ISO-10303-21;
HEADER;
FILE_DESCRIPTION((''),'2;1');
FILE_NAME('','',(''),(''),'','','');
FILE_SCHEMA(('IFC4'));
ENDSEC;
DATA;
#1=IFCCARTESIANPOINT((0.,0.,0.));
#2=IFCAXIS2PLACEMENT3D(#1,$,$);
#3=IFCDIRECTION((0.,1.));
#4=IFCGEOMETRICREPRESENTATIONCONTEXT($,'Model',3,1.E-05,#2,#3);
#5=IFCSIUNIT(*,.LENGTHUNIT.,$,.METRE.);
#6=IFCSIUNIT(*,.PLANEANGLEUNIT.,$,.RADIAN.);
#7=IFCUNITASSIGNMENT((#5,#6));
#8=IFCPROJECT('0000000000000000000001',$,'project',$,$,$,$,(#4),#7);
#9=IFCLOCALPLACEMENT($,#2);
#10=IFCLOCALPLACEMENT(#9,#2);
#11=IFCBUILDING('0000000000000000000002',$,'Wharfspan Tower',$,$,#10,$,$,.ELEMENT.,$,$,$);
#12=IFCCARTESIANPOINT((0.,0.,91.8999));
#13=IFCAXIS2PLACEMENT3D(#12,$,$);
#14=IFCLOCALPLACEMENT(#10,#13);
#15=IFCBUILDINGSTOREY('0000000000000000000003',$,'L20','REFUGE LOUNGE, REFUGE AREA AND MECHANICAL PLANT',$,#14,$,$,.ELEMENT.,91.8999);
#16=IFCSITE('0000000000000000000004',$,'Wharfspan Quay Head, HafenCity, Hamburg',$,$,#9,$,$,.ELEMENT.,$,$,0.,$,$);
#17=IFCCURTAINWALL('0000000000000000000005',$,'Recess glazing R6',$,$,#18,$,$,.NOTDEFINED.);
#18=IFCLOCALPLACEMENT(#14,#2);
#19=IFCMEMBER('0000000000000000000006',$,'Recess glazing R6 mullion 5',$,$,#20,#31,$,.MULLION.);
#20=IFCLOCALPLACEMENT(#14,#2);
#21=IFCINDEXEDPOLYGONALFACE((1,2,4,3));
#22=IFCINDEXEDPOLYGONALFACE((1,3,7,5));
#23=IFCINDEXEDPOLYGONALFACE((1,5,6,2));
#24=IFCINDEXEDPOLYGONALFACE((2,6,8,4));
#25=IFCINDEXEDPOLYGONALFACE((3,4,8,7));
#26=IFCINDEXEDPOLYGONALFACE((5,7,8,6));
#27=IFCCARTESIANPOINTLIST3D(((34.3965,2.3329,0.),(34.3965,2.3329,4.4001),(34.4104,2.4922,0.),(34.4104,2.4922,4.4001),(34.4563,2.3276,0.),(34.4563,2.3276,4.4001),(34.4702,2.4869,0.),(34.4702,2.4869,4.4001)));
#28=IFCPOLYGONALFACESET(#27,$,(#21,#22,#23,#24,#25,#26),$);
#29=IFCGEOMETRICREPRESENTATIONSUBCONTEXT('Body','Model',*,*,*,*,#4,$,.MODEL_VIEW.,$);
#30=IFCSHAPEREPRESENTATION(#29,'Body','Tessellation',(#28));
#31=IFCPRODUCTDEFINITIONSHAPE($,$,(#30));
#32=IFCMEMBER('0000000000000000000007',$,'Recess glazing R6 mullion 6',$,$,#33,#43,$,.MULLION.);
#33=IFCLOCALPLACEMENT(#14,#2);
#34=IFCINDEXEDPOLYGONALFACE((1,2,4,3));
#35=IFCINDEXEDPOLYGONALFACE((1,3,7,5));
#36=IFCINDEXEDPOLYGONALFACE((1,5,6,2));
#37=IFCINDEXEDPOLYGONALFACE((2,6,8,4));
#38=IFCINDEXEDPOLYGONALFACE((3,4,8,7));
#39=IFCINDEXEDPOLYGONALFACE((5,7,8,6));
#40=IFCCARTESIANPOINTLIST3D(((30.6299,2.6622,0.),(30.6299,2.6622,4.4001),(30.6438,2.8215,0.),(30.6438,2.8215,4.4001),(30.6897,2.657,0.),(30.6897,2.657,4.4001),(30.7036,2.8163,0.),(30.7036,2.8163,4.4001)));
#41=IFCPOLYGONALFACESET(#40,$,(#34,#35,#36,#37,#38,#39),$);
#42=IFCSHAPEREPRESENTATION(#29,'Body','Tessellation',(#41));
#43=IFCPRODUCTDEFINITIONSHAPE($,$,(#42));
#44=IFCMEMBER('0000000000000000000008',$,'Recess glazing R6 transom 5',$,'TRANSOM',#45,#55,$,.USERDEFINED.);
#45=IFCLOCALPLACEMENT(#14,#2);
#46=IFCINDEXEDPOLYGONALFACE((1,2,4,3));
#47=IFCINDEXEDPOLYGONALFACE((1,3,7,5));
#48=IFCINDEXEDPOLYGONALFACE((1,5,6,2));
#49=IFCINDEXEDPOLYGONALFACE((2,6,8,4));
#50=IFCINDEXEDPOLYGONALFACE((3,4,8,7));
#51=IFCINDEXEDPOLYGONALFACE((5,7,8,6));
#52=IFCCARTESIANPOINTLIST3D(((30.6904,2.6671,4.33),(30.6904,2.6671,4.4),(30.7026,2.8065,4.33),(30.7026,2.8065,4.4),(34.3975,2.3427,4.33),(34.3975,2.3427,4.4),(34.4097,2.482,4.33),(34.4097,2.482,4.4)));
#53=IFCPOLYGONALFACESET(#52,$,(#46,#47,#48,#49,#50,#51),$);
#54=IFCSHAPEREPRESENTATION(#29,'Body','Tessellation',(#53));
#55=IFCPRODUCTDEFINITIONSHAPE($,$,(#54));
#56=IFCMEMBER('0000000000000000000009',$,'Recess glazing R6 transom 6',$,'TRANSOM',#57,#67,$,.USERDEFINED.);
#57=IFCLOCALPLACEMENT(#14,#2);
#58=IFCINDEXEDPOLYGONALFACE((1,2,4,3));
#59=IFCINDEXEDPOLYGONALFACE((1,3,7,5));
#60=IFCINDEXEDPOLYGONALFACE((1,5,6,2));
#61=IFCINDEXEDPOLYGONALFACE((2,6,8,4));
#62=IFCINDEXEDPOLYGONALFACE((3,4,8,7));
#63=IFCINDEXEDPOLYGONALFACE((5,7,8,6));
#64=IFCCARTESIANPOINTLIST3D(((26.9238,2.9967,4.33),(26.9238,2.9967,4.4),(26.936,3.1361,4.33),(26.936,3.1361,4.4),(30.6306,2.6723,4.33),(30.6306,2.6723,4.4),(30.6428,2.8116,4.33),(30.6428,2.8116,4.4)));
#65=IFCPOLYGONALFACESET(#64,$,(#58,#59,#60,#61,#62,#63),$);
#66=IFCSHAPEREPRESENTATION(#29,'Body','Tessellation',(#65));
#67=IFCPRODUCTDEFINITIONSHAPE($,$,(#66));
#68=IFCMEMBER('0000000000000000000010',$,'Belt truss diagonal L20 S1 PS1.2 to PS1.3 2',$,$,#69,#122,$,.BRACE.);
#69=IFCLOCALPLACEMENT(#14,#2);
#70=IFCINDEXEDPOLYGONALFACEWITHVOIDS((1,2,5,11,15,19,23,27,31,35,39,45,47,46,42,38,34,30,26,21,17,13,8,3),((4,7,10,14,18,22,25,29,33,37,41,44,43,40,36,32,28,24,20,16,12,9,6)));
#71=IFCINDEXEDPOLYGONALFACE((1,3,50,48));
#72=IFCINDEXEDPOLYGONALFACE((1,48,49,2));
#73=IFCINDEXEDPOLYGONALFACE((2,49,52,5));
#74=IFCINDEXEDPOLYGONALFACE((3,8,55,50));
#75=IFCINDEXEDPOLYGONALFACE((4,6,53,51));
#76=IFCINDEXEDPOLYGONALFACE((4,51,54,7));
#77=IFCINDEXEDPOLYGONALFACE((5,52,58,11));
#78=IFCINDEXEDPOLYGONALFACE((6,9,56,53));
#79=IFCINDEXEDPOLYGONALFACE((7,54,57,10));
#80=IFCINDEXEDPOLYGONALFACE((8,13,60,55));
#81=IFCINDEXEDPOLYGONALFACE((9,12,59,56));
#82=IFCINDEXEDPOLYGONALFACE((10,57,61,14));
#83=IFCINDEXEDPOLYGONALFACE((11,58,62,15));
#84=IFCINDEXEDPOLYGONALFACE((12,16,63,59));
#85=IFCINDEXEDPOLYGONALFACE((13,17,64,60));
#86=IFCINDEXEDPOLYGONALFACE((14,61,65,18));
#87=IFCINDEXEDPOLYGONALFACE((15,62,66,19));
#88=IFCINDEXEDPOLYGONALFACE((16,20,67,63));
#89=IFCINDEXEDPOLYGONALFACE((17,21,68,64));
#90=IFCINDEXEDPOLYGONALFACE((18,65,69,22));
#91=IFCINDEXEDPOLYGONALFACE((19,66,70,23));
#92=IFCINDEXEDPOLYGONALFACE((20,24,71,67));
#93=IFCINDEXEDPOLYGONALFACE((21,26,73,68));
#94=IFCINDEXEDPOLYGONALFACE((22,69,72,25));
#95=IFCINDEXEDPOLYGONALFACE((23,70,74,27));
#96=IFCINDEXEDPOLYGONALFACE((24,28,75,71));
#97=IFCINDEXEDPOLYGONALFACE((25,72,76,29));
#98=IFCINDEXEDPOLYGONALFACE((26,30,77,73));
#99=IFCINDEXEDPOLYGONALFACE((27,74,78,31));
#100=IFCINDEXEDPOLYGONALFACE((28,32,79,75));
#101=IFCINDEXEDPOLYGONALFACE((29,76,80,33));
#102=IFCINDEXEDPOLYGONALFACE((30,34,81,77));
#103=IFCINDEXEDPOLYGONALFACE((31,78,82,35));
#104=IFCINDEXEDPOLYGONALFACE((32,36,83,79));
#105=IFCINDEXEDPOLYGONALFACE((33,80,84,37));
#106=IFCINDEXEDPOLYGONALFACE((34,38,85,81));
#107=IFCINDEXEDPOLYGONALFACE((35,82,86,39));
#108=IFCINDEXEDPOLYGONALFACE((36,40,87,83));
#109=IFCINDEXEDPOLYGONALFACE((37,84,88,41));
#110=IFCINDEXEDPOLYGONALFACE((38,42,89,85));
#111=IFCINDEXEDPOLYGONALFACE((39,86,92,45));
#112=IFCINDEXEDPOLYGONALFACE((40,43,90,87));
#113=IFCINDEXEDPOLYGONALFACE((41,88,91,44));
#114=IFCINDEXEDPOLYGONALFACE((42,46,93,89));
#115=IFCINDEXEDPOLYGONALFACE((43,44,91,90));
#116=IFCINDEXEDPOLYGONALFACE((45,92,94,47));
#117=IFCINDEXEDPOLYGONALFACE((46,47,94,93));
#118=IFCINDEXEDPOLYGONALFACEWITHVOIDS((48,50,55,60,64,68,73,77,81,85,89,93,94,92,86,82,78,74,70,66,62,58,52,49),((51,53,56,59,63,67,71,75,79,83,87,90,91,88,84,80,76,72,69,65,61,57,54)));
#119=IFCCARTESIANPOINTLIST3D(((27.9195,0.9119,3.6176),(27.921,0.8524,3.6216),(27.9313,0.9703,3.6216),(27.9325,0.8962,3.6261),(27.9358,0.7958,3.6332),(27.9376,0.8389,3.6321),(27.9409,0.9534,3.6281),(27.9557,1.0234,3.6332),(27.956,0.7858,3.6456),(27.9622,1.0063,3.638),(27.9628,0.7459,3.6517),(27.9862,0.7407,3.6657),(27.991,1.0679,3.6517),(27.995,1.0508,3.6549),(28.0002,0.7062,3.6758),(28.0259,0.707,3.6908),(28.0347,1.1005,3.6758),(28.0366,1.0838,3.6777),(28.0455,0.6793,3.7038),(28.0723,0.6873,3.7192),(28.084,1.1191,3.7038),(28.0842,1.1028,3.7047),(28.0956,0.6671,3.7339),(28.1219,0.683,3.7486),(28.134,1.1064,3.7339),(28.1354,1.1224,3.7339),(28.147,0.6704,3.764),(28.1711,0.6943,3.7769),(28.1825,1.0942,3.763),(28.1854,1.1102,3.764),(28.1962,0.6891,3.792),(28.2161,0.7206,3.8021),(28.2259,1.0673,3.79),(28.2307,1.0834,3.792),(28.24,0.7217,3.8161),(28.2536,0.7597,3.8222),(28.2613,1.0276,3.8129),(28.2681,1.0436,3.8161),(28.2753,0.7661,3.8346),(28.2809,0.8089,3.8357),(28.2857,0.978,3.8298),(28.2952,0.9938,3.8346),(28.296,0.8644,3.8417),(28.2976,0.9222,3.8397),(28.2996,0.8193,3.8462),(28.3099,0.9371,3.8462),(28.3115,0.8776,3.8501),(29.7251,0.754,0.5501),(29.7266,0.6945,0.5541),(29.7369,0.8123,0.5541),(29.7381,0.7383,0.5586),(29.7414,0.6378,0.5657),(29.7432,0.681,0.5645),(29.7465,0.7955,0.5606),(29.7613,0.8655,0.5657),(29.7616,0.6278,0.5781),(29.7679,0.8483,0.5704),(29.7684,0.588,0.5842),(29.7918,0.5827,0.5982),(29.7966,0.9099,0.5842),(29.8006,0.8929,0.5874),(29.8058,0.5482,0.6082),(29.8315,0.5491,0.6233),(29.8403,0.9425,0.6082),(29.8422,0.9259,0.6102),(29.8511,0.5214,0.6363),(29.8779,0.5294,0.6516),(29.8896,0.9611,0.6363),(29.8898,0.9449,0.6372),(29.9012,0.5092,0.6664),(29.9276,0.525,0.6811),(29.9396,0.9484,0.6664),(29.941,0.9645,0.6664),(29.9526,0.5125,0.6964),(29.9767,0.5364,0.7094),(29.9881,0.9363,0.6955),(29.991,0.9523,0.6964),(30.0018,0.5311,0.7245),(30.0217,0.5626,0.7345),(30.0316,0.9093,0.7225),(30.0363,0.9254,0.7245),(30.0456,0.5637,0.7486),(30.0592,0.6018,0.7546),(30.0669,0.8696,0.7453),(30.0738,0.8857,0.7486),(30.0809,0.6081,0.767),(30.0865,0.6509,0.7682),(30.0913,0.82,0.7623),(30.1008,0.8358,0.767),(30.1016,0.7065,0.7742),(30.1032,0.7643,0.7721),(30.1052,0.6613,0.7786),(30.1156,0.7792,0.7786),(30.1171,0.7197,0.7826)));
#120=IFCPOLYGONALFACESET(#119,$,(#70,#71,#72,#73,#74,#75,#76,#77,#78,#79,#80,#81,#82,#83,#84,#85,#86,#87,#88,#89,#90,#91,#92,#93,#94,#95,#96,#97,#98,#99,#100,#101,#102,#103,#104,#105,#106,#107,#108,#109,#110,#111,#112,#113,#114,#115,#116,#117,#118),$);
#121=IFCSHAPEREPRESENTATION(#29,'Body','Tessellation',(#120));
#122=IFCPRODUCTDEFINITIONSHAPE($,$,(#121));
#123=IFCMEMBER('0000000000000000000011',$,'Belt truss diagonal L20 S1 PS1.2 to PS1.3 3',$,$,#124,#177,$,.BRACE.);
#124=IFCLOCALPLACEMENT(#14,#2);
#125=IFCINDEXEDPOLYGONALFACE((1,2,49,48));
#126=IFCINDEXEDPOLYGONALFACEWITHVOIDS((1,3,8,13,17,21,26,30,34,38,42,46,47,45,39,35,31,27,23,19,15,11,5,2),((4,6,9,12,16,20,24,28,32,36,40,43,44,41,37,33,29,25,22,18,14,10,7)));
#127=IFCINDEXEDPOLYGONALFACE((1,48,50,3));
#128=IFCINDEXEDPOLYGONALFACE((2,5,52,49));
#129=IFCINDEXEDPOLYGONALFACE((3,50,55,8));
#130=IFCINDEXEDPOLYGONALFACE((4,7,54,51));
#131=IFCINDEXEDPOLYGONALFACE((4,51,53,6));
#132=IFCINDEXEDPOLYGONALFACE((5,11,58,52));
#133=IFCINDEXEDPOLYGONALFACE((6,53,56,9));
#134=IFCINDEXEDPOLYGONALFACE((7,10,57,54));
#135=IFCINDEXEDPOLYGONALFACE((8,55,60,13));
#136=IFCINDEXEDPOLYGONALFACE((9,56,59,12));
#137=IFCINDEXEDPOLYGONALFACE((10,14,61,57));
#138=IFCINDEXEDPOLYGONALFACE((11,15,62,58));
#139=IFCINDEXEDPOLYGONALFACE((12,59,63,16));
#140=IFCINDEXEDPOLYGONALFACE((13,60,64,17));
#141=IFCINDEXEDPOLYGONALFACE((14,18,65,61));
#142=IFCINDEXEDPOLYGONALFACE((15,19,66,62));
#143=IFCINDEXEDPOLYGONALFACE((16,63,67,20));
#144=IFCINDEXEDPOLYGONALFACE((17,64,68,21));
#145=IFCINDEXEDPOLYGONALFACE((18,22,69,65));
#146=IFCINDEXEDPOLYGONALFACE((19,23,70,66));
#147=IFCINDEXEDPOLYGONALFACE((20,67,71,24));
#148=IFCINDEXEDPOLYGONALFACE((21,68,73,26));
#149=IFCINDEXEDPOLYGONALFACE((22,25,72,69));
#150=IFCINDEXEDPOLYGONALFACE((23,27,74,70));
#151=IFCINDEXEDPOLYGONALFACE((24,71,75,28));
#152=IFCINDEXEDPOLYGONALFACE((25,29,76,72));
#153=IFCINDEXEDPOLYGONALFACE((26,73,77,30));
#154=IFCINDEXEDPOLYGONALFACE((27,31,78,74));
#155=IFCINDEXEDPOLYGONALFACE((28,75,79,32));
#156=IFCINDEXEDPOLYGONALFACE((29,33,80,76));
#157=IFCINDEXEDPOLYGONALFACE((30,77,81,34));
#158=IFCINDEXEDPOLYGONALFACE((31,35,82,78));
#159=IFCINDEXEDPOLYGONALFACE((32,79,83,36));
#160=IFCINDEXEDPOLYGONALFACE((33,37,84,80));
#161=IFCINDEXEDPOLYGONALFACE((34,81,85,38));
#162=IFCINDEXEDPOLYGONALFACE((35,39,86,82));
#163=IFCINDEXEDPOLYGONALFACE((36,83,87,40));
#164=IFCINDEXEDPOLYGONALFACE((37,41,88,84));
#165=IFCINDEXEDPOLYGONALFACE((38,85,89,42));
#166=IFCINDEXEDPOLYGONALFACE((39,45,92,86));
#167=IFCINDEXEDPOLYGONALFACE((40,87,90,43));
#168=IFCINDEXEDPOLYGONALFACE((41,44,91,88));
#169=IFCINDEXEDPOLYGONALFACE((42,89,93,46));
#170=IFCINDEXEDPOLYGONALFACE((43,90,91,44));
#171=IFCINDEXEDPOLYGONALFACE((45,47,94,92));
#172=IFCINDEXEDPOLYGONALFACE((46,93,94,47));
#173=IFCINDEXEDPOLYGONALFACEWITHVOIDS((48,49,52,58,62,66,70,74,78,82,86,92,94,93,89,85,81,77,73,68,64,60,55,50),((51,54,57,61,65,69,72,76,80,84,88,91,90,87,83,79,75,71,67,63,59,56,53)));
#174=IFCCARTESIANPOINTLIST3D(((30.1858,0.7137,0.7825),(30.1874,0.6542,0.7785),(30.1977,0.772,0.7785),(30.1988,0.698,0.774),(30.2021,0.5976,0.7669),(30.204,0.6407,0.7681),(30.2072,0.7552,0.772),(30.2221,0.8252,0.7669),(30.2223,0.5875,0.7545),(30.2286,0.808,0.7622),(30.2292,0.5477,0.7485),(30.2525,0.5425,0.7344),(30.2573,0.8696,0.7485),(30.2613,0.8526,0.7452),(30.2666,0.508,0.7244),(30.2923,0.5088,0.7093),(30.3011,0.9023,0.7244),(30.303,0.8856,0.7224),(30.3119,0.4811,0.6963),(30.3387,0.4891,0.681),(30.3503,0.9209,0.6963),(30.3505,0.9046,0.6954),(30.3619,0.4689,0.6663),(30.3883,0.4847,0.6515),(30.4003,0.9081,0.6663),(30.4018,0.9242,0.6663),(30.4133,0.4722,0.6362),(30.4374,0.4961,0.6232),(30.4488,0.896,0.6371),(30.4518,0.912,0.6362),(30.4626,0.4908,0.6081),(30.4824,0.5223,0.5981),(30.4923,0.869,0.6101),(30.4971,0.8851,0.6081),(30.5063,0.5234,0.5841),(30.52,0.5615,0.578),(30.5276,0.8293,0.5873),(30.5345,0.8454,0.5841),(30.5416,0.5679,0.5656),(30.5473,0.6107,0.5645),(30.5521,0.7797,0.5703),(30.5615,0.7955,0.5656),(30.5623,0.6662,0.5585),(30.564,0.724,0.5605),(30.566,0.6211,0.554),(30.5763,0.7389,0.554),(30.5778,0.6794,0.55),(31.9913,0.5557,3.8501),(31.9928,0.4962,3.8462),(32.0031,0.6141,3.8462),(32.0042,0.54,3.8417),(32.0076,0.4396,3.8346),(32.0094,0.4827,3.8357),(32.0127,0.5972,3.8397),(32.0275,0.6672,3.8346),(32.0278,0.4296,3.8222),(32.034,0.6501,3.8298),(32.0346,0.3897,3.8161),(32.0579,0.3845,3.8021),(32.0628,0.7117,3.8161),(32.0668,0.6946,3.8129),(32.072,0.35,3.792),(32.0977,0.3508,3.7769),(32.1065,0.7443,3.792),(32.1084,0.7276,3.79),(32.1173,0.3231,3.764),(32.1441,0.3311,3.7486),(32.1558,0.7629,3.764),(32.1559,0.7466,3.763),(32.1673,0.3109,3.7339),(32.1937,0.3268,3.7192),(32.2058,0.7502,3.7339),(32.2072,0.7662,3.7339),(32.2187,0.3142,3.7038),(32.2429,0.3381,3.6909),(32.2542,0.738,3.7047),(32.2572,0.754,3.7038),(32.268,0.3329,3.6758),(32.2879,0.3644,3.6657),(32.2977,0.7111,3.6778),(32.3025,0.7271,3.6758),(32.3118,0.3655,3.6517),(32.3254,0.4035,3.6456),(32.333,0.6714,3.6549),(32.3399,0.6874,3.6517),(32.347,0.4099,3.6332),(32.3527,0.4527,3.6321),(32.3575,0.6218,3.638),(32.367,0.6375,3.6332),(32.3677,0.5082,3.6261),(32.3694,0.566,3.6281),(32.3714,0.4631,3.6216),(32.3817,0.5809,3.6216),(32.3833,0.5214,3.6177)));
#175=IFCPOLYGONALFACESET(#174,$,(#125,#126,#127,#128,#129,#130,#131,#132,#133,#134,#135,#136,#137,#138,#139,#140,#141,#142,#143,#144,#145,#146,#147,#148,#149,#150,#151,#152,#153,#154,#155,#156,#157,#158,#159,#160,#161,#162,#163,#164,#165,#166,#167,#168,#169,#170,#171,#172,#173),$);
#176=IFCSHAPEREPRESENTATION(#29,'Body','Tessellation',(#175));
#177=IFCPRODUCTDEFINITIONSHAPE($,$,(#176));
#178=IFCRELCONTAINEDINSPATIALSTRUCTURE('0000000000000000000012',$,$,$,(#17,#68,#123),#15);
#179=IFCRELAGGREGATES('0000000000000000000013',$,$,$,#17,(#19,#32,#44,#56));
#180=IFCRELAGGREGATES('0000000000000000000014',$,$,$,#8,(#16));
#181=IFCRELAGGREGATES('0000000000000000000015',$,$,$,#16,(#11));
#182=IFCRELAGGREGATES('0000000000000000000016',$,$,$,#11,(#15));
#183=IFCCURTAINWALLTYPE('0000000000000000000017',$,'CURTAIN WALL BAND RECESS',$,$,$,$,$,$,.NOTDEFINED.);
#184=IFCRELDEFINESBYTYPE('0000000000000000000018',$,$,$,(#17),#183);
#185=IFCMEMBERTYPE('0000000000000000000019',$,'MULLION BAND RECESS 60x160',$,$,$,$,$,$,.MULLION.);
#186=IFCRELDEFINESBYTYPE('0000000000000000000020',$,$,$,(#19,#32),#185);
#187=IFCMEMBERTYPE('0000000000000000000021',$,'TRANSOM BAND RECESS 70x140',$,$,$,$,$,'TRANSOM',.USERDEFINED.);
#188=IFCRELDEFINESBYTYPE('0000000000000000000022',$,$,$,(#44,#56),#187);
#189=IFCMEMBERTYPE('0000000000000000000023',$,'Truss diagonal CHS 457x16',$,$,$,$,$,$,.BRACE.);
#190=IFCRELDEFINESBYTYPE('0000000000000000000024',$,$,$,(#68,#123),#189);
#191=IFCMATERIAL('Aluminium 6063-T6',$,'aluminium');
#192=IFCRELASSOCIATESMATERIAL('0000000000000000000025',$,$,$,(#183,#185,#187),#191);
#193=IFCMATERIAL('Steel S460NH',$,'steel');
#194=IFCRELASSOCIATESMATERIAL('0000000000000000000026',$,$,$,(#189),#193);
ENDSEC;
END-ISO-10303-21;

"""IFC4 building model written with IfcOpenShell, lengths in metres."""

from ifc_helpers import new_model, si_unit, direction, frame, origin, origin_2d, place, context, subcontext, project, spatial, rectangle, hollow_circle, extrude, material, material_profile, profile_set, type_object, element, aggregate, save


model = new_model("IFC4")

# Units and contexts
model_context = context("Model", 3, precision=1e-05, world=origin(), true_north=direction((0.0, 1.0)))
body_context = subcontext(model_context, "Body", "Model", "MODEL_VIEW")
ifc_project = project(units=[si_unit("LENGTHUNIT", "METRE"), si_unit("PLANEANGLEUNIT", "RADIAN")], contexts=[model_context])

# Site, building, storey
site_placement = place(None, origin())
site = spatial("IfcSite", under=ifc_project, at=site_placement, Name="Wharfspan Quay Head, HafenCity, Hamburg", CompositionType="ELEMENT", RefElevation=0.0)
building_placement = place(site_placement, origin())
building = spatial("IfcBuilding", under=site, at=building_placement, Name="Wharfspan Tower", CompositionType="ELEMENT")
storey_placement = place(building_placement, frame((0.0, 0.0, 91.8999)))
storey = spatial("IfcBuildingStorey", under=building, at=storey_placement, Name="L20", Description="REFUGE LOUNGE, REFUGE AREA AND MECHANICAL PLANT", CompositionType="ELEMENT", Elevation=91.8999)

# Curtain wall, members
ifc_material_1 = material(Name="Aluminium 6063-T6", Category="aluminium")
curtain_wall_type = type_object("IfcCurtainWallType", Name="CURTAIN WALL BAND RECESS", PredefinedType="NOTDEFINED", material=ifc_material_1)
curtain_wall_placement = place(storey_placement, origin())
curtain_wall = element("IfcCurtainWall", 1, at=curtain_wall_placement, inside=storey, type_object=curtain_wall_type, Name="Recess glazing R6", PredefinedType="NOTDEFINED")
ifc_material_profile_1 = material_profile(ifc_material_1, rectangle(XDim=0.1599, YDim=0.0601, at=origin_2d()))
ifc_profile_set_1 = profile_set([ifc_material_profile_1], Name="Aluminium 6063-T6")
member_type_1 = type_object("IfcMemberType", Name="MULLION BAND RECESS 60x160", PredefinedType="MULLION", material=ifc_profile_set_1)
member_1_placement = place(storey_placement, frame((34.4333, 2.4099, 0.0), z_axis=(0.0, 0.0, 1.0), x_axis=(-0.087156, -0.996198, 0.0)))
member_1 = element("IfcMember", 2, at=member_1_placement, type_object=member_type_1, Name="Recess glazing R6 mullion 5", PredefinedType="MULLION", context=body_context, shape_type="SweptSolid", body=[
    extrude(rectangle(XDim=0.1599, YDim=0.0601, at=origin_2d()), origin(), (0.0, 0.0, 1.0), 4.4001),
])
member_2_placement = place(storey_placement, frame((30.6667, 2.7393, 0.0), z_axis=(0.0, 0.0, 1.0), x_axis=(-0.087156, -0.996198, 0.0)))
member_2 = element("IfcMember", 3, at=member_2_placement, type_object=member_type_1, Name="Recess glazing R6 mullion 6", PredefinedType="MULLION", context=body_context, shape_type="SweptSolid", body=[
    extrude(rectangle(XDim=0.1599, YDim=0.0601, at=origin_2d()), origin(), (0.0, 0.0, 1.0), 4.4001),
])
ifc_material_profile_2 = material_profile(ifc_material_1, rectangle(XDim=0.1399, YDim=0.0701, at=origin_2d()))
ifc_profile_set_2 = profile_set([ifc_material_profile_2], Name="Aluminium 6063-T6")
member_type_2 = type_object("IfcMemberType", Name="TRANSOM BAND RECESS 70x140", ElementType="TRANSOM", PredefinedType="USERDEFINED", material=ifc_profile_set_2)
member_3_placement = place(storey_placement, frame((34.4036, 2.4124, 4.365), z_axis=(-0.996191, 0.087193, 0.0), x_axis=(-0.087193, -0.996191, 0.0)))
member_3 = element("IfcMember", 4, at=member_3_placement, type_object=member_type_2, Name="Recess glazing R6 transom 5", ObjectType="TRANSOM", PredefinedType="USERDEFINED", context=body_context, shape_type="SweptSolid", body=[
    extrude(rectangle(XDim=0.1399, YDim=0.0701, at=origin_2d()), origin(), (0.0, 0.0, 1.0), 3.7212),
])
member_4_placement = place(storey_placement, frame((30.6367, 2.7419, 4.365), z_axis=(-0.996191, 0.087199, 0.0), x_axis=(-0.087199, -0.996191, 0.0)))
member_4 = element("IfcMember", 5, at=member_4_placement, type_object=member_type_2, Name="Recess glazing R6 transom 6", ObjectType="TRANSOM", PredefinedType="USERDEFINED", context=body_context, shape_type="SweptSolid", body=[
    extrude(rectangle(XDim=0.1399, YDim=0.0701, at=origin_2d()), origin(), (0.0, 0.0, 1.0), 3.7209),
])

# Members
ifc_material_2 = material(Name="Steel S460NH", Category="steel")
ifc_material_profile_3 = material_profile(ifc_material_2, hollow_circle(Radius=0.2285, WallThickness=0.0161, at=origin_2d()))
ifc_profile_set_3 = profile_set([ifc_material_profile_3], Name="Steel S460NH")
member_type_3 = type_object("IfcMemberType", Name="Truss diagonal CHS 457x16", PredefinedType="BRACE", material=ifc_profile_set_3)
for number, where, z_axis, x_axis, name in (
    (6, (28.1155, 0.8948, 3.7339), (0.506767, -0.044332, -0.860942), (0.087147, 0.996193, 0.0), "Belt truss diagonal L20 S1 PS1.2 to PS1.3 2"),
    (7, (30.3818, 0.6965, 0.6663), (0.506716, -0.044333, 0.860972), (0.087158, 0.996196, 0.0), "Belt truss diagonal L20 S1 PS1.2 to PS1.3 3"),
):
    element("IfcMember", number, at=place(storey_placement, frame(where, z_axis=z_axis, x_axis=x_axis)), inside=storey, type_object=member_type_3, Name=name, PredefinedType="BRACE", context=body_context, shape_type="SweptSolid", body=[
        extrude(hollow_circle(Radius=0.2285, WallThickness=0.0161, at=origin_2d()), origin(), (0.0, 0.0, 1.0), 3.563),
    ])

aggregate(curtain_wall, [member_1, member_2, member_3, member_4])

save(model, "model.ifc")
